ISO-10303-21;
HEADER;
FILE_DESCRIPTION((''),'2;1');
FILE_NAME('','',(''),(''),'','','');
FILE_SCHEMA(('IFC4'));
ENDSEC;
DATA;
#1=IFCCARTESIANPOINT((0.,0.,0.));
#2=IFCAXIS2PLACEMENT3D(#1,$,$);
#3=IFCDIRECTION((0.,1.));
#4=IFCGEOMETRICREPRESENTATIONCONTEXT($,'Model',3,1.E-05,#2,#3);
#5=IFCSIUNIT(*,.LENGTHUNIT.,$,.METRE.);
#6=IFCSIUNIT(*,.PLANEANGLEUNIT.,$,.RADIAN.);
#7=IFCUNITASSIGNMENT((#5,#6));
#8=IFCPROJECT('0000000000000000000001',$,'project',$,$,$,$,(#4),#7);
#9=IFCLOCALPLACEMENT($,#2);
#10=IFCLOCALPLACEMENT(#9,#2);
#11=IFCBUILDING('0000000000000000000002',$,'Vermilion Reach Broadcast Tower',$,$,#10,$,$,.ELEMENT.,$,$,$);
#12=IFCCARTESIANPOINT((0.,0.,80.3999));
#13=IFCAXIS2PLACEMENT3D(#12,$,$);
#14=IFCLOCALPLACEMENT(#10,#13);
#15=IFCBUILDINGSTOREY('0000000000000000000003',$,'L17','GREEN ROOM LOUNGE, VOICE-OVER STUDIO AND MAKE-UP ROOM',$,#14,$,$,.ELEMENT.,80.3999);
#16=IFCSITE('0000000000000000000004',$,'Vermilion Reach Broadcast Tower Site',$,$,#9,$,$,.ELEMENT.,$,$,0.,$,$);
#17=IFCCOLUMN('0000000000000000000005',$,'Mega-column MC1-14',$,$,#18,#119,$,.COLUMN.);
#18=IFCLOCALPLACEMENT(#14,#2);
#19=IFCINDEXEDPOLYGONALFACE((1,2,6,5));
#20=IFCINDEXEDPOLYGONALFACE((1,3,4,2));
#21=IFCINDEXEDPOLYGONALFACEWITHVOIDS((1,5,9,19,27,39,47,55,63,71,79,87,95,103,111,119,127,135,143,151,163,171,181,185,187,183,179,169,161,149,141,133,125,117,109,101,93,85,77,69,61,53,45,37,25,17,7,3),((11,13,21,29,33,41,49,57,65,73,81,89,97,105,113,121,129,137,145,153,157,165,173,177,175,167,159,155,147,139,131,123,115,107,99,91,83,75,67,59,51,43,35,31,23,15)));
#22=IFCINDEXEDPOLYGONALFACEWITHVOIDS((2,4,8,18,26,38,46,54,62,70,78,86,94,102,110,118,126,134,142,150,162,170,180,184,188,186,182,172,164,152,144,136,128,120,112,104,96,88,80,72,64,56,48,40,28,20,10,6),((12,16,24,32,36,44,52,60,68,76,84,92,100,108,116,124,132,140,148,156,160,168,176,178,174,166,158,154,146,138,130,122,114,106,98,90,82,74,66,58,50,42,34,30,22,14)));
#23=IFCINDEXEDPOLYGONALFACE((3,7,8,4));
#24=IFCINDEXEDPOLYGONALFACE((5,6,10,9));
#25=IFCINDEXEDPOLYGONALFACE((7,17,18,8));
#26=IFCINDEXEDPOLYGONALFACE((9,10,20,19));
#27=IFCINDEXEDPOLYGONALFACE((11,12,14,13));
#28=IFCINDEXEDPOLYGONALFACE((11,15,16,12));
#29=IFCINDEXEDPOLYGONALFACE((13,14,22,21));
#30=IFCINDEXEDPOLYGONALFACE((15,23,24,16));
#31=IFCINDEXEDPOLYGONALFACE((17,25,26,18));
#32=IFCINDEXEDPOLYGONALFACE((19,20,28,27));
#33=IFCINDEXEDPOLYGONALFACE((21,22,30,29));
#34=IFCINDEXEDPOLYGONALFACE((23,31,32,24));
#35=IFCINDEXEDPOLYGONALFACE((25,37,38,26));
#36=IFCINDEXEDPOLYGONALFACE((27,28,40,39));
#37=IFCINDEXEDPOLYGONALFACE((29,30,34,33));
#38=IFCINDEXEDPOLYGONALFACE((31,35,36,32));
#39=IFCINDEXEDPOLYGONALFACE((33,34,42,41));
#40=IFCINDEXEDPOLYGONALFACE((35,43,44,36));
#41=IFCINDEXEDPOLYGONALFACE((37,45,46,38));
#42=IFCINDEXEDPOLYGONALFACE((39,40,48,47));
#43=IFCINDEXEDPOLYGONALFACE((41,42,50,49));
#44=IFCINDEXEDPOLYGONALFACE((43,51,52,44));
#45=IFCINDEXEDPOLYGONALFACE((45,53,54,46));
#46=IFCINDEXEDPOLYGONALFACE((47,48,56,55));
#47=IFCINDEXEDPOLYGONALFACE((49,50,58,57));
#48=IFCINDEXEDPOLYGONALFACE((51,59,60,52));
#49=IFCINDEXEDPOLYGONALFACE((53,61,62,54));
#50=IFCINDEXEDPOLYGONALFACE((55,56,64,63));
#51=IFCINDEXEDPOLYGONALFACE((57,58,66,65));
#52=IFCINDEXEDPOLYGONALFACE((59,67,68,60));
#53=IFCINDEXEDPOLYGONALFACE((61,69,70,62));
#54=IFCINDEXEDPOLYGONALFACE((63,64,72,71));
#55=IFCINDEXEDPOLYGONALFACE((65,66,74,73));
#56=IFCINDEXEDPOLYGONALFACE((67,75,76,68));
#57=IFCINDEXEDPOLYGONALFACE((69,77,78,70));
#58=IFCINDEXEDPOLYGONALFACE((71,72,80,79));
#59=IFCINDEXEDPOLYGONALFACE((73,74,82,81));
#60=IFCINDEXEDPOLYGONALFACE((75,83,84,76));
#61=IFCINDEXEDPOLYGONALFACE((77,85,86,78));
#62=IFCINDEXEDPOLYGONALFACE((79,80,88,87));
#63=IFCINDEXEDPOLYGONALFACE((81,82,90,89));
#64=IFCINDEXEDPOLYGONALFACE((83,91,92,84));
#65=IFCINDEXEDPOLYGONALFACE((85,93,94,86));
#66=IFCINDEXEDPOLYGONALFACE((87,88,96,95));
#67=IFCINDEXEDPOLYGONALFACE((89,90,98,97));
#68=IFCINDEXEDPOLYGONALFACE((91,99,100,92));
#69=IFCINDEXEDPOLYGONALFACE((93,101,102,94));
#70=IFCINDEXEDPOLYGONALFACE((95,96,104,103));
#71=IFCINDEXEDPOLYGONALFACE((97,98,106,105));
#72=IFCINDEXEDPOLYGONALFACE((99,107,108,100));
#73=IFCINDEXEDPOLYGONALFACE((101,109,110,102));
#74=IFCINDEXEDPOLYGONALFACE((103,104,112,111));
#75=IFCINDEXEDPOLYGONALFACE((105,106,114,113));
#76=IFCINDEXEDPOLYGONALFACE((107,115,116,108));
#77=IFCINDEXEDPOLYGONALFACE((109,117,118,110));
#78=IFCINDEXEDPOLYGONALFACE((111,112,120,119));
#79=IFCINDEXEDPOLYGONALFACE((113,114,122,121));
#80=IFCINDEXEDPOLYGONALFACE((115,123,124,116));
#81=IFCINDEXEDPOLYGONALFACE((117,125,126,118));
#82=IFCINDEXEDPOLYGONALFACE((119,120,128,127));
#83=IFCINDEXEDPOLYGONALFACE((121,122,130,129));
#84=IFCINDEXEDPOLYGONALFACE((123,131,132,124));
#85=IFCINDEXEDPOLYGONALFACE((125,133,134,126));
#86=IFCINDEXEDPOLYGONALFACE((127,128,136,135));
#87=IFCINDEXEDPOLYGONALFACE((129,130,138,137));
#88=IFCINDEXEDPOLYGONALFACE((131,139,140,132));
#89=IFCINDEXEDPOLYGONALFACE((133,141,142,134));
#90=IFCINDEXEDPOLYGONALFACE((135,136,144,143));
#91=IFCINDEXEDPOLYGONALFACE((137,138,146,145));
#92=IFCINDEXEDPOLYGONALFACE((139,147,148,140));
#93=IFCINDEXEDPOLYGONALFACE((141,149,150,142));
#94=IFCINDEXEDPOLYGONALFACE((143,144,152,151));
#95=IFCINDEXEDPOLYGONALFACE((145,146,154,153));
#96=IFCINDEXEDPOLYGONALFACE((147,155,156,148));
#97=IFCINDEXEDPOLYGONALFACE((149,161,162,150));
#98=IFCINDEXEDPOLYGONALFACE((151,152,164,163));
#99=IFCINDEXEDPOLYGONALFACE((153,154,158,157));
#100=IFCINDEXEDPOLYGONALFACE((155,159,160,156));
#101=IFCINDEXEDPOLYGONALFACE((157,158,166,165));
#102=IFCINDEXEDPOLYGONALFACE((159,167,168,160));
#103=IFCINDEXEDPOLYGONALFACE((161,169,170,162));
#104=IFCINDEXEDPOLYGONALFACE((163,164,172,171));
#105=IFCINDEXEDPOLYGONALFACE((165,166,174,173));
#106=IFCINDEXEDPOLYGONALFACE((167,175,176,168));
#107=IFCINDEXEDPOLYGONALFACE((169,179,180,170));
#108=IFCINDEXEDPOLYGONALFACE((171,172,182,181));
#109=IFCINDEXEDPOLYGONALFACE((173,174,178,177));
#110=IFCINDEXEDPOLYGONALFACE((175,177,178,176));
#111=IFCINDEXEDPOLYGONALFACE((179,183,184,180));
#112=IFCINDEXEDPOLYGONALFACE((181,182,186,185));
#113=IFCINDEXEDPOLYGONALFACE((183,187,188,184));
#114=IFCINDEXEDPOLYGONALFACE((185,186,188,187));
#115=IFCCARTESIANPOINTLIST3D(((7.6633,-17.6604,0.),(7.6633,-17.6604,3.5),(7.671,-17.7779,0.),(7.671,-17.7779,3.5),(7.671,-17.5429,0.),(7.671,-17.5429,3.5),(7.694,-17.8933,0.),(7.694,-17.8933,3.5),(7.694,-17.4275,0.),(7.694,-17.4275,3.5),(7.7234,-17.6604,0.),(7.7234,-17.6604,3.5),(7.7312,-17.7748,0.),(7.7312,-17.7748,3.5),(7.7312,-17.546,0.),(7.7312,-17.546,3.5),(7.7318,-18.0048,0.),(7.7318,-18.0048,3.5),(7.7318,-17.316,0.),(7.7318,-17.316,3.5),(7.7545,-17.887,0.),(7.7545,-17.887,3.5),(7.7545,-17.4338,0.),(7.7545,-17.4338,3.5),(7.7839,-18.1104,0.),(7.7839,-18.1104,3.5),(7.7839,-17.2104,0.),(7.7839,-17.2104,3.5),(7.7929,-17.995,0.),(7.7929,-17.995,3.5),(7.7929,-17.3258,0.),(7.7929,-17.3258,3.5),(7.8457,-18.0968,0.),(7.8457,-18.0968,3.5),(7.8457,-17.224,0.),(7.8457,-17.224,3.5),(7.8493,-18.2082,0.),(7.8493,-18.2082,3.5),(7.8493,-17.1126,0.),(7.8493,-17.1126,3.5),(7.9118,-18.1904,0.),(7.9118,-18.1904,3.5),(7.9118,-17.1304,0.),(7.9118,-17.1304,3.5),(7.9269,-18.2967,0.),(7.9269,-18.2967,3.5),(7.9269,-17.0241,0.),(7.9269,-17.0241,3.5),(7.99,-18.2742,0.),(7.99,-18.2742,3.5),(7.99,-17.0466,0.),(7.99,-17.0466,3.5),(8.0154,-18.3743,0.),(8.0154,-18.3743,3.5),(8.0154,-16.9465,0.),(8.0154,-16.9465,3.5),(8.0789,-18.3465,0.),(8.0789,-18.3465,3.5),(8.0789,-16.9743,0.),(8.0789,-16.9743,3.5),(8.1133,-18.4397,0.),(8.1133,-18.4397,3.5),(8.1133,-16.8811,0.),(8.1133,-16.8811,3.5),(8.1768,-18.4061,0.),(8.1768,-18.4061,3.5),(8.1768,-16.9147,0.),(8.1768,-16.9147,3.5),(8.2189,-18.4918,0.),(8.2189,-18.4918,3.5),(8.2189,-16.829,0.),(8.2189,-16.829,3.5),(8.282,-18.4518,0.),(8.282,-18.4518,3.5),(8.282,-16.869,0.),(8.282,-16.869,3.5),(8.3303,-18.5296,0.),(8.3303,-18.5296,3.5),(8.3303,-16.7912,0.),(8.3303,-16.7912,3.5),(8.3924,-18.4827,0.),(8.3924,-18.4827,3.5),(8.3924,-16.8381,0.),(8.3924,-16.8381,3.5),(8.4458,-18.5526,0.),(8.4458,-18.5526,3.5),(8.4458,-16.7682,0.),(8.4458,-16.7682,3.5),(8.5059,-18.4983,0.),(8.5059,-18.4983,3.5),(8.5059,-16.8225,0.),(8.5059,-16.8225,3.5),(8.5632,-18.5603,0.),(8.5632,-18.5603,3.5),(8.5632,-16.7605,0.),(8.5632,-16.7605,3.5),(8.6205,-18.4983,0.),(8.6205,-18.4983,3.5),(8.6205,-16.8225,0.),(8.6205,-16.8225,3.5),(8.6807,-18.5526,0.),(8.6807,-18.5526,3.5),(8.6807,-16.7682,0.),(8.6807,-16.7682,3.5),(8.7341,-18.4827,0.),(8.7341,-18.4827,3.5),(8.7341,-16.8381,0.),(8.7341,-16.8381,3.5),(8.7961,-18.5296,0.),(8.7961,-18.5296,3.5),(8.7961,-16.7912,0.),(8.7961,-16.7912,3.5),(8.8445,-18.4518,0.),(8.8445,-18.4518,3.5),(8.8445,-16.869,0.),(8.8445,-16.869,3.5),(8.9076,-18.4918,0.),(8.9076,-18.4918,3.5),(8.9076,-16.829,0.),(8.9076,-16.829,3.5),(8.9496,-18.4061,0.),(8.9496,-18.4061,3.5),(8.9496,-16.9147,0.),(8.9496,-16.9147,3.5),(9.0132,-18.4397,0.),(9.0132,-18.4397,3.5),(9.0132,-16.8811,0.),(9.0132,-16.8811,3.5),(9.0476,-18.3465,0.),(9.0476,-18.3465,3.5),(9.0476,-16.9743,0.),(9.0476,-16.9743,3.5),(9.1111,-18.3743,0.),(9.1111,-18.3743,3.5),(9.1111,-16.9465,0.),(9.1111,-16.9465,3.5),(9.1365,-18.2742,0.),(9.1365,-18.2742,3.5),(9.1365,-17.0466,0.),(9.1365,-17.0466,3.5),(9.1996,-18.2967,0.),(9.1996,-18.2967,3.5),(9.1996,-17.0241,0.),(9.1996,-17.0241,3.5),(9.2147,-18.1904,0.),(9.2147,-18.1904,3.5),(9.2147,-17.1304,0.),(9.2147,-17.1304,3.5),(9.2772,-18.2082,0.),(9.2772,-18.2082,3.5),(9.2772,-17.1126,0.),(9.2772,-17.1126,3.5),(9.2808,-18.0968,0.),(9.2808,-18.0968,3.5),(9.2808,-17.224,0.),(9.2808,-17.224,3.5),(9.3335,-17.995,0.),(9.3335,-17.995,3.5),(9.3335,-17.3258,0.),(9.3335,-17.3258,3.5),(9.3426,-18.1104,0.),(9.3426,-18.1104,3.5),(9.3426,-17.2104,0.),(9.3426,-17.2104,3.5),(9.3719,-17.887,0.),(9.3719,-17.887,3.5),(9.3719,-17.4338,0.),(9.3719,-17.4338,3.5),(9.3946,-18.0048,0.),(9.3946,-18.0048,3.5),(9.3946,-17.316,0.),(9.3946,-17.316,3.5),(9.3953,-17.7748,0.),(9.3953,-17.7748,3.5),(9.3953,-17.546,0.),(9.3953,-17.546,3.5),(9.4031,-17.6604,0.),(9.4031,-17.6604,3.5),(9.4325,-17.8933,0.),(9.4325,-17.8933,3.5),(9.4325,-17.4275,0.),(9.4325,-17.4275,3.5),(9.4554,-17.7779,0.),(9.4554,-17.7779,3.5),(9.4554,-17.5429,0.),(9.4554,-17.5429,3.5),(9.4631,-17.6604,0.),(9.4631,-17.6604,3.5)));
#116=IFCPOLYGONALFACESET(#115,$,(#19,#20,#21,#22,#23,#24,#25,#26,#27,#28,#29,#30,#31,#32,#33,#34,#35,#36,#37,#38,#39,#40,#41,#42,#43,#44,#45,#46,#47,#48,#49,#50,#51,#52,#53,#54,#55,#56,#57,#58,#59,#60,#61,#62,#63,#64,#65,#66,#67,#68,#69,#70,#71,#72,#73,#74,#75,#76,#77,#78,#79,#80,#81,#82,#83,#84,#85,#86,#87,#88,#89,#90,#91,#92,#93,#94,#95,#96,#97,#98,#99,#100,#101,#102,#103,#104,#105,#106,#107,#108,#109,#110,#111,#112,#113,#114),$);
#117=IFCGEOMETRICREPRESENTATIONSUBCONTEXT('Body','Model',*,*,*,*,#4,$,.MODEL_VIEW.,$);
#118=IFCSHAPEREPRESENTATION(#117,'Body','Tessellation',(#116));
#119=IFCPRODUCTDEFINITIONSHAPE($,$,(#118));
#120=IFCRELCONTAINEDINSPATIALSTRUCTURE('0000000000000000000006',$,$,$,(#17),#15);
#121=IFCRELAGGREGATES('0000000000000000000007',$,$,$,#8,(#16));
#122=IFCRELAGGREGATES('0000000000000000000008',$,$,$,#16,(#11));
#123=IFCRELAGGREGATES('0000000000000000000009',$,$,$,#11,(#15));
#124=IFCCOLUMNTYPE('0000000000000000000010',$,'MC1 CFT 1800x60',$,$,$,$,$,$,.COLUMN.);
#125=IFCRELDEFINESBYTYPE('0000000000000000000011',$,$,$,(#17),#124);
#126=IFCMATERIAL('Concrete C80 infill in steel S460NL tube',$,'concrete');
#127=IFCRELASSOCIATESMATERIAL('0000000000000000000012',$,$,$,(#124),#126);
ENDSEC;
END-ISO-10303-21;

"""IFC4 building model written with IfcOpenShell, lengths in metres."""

from ifc_helpers import new_model, si_unit, direction, frame, origin, origin_2d, place, context, subcontext, project, spatial, hollow_circle, extrude, material, material_profile, profile_set, type_object, element, save


model = new_model("IFC4")

# Units and contexts
model_context = context("Model", 3, precision=1e-05, world=origin(), true_north=direction((0.0, 1.0)))
body_context = subcontext(model_context, "Body", "Model", "MODEL_VIEW")
ifc_project = project(units=[si_unit("LENGTHUNIT", "METRE"), si_unit("PLANEANGLEUNIT", "RADIAN")], contexts=[model_context])

# Site, building, storey
site_placement = place(None, origin())
site = spatial("IfcSite", under=ifc_project, at=site_placement, Name="Vermilion Reach Broadcast Tower Site", CompositionType="ELEMENT", RefElevation=0.0)
building_placement = place(site_placement, origin())
building = spatial("IfcBuilding", under=site, at=building_placement, Name="Vermilion Reach Broadcast Tower", CompositionType="ELEMENT")
storey_placement = place(building_placement, frame((0.0, 0.0, 80.3999)))
storey = spatial("IfcBuildingStorey", under=building, at=storey_placement, Name="L17", Description="GREEN ROOM LOUNGE, VOICE-OVER STUDIO AND MAKE-UP ROOM", CompositionType="ELEMENT", Elevation=80.3999)

# Column
ifc_material_1 = material(Name="Concrete C80 infill in steel S460NL tube", Category="concrete")
ifc_material_profile_1 = material_profile(ifc_material_1, hollow_circle(Radius=0.8999, WallThickness=0.0601, at=origin_2d()), Name="Concrete C80 infill in steel S460NL tube CFT 1800x60")
ifc_profile_set_1 = profile_set([ifc_material_profile_1], Name="Concrete C80 infill in steel S460NL tube")
column_type = type_object("IfcColumnType", Name="MC1 CFT 1800x60", PredefinedType="COLUMN", material=ifc_profile_set_1)
for number, where, z_axis, x_axis, name in (
    (1, (8.5632, -17.6604, 0.0), (0.0, 0.0, 1.0), (1.0, 0.0, 0.0), "Mega-column MC1-14"),
):
    element("IfcColumn", number, at=place(storey_placement, frame(where, z_axis=z_axis, x_axis=x_axis)), inside=storey, type_object=column_type, Name=name, PredefinedType="COLUMN", context=body_context, shape_type="SweptSolid", body=[
        extrude(hollow_circle(Radius=0.8999, WallThickness=0.0601, at=origin_2d()), origin(), (0.0, 0.0, 1.0), 3.5),
    ])

save(model, "model.ifc")
